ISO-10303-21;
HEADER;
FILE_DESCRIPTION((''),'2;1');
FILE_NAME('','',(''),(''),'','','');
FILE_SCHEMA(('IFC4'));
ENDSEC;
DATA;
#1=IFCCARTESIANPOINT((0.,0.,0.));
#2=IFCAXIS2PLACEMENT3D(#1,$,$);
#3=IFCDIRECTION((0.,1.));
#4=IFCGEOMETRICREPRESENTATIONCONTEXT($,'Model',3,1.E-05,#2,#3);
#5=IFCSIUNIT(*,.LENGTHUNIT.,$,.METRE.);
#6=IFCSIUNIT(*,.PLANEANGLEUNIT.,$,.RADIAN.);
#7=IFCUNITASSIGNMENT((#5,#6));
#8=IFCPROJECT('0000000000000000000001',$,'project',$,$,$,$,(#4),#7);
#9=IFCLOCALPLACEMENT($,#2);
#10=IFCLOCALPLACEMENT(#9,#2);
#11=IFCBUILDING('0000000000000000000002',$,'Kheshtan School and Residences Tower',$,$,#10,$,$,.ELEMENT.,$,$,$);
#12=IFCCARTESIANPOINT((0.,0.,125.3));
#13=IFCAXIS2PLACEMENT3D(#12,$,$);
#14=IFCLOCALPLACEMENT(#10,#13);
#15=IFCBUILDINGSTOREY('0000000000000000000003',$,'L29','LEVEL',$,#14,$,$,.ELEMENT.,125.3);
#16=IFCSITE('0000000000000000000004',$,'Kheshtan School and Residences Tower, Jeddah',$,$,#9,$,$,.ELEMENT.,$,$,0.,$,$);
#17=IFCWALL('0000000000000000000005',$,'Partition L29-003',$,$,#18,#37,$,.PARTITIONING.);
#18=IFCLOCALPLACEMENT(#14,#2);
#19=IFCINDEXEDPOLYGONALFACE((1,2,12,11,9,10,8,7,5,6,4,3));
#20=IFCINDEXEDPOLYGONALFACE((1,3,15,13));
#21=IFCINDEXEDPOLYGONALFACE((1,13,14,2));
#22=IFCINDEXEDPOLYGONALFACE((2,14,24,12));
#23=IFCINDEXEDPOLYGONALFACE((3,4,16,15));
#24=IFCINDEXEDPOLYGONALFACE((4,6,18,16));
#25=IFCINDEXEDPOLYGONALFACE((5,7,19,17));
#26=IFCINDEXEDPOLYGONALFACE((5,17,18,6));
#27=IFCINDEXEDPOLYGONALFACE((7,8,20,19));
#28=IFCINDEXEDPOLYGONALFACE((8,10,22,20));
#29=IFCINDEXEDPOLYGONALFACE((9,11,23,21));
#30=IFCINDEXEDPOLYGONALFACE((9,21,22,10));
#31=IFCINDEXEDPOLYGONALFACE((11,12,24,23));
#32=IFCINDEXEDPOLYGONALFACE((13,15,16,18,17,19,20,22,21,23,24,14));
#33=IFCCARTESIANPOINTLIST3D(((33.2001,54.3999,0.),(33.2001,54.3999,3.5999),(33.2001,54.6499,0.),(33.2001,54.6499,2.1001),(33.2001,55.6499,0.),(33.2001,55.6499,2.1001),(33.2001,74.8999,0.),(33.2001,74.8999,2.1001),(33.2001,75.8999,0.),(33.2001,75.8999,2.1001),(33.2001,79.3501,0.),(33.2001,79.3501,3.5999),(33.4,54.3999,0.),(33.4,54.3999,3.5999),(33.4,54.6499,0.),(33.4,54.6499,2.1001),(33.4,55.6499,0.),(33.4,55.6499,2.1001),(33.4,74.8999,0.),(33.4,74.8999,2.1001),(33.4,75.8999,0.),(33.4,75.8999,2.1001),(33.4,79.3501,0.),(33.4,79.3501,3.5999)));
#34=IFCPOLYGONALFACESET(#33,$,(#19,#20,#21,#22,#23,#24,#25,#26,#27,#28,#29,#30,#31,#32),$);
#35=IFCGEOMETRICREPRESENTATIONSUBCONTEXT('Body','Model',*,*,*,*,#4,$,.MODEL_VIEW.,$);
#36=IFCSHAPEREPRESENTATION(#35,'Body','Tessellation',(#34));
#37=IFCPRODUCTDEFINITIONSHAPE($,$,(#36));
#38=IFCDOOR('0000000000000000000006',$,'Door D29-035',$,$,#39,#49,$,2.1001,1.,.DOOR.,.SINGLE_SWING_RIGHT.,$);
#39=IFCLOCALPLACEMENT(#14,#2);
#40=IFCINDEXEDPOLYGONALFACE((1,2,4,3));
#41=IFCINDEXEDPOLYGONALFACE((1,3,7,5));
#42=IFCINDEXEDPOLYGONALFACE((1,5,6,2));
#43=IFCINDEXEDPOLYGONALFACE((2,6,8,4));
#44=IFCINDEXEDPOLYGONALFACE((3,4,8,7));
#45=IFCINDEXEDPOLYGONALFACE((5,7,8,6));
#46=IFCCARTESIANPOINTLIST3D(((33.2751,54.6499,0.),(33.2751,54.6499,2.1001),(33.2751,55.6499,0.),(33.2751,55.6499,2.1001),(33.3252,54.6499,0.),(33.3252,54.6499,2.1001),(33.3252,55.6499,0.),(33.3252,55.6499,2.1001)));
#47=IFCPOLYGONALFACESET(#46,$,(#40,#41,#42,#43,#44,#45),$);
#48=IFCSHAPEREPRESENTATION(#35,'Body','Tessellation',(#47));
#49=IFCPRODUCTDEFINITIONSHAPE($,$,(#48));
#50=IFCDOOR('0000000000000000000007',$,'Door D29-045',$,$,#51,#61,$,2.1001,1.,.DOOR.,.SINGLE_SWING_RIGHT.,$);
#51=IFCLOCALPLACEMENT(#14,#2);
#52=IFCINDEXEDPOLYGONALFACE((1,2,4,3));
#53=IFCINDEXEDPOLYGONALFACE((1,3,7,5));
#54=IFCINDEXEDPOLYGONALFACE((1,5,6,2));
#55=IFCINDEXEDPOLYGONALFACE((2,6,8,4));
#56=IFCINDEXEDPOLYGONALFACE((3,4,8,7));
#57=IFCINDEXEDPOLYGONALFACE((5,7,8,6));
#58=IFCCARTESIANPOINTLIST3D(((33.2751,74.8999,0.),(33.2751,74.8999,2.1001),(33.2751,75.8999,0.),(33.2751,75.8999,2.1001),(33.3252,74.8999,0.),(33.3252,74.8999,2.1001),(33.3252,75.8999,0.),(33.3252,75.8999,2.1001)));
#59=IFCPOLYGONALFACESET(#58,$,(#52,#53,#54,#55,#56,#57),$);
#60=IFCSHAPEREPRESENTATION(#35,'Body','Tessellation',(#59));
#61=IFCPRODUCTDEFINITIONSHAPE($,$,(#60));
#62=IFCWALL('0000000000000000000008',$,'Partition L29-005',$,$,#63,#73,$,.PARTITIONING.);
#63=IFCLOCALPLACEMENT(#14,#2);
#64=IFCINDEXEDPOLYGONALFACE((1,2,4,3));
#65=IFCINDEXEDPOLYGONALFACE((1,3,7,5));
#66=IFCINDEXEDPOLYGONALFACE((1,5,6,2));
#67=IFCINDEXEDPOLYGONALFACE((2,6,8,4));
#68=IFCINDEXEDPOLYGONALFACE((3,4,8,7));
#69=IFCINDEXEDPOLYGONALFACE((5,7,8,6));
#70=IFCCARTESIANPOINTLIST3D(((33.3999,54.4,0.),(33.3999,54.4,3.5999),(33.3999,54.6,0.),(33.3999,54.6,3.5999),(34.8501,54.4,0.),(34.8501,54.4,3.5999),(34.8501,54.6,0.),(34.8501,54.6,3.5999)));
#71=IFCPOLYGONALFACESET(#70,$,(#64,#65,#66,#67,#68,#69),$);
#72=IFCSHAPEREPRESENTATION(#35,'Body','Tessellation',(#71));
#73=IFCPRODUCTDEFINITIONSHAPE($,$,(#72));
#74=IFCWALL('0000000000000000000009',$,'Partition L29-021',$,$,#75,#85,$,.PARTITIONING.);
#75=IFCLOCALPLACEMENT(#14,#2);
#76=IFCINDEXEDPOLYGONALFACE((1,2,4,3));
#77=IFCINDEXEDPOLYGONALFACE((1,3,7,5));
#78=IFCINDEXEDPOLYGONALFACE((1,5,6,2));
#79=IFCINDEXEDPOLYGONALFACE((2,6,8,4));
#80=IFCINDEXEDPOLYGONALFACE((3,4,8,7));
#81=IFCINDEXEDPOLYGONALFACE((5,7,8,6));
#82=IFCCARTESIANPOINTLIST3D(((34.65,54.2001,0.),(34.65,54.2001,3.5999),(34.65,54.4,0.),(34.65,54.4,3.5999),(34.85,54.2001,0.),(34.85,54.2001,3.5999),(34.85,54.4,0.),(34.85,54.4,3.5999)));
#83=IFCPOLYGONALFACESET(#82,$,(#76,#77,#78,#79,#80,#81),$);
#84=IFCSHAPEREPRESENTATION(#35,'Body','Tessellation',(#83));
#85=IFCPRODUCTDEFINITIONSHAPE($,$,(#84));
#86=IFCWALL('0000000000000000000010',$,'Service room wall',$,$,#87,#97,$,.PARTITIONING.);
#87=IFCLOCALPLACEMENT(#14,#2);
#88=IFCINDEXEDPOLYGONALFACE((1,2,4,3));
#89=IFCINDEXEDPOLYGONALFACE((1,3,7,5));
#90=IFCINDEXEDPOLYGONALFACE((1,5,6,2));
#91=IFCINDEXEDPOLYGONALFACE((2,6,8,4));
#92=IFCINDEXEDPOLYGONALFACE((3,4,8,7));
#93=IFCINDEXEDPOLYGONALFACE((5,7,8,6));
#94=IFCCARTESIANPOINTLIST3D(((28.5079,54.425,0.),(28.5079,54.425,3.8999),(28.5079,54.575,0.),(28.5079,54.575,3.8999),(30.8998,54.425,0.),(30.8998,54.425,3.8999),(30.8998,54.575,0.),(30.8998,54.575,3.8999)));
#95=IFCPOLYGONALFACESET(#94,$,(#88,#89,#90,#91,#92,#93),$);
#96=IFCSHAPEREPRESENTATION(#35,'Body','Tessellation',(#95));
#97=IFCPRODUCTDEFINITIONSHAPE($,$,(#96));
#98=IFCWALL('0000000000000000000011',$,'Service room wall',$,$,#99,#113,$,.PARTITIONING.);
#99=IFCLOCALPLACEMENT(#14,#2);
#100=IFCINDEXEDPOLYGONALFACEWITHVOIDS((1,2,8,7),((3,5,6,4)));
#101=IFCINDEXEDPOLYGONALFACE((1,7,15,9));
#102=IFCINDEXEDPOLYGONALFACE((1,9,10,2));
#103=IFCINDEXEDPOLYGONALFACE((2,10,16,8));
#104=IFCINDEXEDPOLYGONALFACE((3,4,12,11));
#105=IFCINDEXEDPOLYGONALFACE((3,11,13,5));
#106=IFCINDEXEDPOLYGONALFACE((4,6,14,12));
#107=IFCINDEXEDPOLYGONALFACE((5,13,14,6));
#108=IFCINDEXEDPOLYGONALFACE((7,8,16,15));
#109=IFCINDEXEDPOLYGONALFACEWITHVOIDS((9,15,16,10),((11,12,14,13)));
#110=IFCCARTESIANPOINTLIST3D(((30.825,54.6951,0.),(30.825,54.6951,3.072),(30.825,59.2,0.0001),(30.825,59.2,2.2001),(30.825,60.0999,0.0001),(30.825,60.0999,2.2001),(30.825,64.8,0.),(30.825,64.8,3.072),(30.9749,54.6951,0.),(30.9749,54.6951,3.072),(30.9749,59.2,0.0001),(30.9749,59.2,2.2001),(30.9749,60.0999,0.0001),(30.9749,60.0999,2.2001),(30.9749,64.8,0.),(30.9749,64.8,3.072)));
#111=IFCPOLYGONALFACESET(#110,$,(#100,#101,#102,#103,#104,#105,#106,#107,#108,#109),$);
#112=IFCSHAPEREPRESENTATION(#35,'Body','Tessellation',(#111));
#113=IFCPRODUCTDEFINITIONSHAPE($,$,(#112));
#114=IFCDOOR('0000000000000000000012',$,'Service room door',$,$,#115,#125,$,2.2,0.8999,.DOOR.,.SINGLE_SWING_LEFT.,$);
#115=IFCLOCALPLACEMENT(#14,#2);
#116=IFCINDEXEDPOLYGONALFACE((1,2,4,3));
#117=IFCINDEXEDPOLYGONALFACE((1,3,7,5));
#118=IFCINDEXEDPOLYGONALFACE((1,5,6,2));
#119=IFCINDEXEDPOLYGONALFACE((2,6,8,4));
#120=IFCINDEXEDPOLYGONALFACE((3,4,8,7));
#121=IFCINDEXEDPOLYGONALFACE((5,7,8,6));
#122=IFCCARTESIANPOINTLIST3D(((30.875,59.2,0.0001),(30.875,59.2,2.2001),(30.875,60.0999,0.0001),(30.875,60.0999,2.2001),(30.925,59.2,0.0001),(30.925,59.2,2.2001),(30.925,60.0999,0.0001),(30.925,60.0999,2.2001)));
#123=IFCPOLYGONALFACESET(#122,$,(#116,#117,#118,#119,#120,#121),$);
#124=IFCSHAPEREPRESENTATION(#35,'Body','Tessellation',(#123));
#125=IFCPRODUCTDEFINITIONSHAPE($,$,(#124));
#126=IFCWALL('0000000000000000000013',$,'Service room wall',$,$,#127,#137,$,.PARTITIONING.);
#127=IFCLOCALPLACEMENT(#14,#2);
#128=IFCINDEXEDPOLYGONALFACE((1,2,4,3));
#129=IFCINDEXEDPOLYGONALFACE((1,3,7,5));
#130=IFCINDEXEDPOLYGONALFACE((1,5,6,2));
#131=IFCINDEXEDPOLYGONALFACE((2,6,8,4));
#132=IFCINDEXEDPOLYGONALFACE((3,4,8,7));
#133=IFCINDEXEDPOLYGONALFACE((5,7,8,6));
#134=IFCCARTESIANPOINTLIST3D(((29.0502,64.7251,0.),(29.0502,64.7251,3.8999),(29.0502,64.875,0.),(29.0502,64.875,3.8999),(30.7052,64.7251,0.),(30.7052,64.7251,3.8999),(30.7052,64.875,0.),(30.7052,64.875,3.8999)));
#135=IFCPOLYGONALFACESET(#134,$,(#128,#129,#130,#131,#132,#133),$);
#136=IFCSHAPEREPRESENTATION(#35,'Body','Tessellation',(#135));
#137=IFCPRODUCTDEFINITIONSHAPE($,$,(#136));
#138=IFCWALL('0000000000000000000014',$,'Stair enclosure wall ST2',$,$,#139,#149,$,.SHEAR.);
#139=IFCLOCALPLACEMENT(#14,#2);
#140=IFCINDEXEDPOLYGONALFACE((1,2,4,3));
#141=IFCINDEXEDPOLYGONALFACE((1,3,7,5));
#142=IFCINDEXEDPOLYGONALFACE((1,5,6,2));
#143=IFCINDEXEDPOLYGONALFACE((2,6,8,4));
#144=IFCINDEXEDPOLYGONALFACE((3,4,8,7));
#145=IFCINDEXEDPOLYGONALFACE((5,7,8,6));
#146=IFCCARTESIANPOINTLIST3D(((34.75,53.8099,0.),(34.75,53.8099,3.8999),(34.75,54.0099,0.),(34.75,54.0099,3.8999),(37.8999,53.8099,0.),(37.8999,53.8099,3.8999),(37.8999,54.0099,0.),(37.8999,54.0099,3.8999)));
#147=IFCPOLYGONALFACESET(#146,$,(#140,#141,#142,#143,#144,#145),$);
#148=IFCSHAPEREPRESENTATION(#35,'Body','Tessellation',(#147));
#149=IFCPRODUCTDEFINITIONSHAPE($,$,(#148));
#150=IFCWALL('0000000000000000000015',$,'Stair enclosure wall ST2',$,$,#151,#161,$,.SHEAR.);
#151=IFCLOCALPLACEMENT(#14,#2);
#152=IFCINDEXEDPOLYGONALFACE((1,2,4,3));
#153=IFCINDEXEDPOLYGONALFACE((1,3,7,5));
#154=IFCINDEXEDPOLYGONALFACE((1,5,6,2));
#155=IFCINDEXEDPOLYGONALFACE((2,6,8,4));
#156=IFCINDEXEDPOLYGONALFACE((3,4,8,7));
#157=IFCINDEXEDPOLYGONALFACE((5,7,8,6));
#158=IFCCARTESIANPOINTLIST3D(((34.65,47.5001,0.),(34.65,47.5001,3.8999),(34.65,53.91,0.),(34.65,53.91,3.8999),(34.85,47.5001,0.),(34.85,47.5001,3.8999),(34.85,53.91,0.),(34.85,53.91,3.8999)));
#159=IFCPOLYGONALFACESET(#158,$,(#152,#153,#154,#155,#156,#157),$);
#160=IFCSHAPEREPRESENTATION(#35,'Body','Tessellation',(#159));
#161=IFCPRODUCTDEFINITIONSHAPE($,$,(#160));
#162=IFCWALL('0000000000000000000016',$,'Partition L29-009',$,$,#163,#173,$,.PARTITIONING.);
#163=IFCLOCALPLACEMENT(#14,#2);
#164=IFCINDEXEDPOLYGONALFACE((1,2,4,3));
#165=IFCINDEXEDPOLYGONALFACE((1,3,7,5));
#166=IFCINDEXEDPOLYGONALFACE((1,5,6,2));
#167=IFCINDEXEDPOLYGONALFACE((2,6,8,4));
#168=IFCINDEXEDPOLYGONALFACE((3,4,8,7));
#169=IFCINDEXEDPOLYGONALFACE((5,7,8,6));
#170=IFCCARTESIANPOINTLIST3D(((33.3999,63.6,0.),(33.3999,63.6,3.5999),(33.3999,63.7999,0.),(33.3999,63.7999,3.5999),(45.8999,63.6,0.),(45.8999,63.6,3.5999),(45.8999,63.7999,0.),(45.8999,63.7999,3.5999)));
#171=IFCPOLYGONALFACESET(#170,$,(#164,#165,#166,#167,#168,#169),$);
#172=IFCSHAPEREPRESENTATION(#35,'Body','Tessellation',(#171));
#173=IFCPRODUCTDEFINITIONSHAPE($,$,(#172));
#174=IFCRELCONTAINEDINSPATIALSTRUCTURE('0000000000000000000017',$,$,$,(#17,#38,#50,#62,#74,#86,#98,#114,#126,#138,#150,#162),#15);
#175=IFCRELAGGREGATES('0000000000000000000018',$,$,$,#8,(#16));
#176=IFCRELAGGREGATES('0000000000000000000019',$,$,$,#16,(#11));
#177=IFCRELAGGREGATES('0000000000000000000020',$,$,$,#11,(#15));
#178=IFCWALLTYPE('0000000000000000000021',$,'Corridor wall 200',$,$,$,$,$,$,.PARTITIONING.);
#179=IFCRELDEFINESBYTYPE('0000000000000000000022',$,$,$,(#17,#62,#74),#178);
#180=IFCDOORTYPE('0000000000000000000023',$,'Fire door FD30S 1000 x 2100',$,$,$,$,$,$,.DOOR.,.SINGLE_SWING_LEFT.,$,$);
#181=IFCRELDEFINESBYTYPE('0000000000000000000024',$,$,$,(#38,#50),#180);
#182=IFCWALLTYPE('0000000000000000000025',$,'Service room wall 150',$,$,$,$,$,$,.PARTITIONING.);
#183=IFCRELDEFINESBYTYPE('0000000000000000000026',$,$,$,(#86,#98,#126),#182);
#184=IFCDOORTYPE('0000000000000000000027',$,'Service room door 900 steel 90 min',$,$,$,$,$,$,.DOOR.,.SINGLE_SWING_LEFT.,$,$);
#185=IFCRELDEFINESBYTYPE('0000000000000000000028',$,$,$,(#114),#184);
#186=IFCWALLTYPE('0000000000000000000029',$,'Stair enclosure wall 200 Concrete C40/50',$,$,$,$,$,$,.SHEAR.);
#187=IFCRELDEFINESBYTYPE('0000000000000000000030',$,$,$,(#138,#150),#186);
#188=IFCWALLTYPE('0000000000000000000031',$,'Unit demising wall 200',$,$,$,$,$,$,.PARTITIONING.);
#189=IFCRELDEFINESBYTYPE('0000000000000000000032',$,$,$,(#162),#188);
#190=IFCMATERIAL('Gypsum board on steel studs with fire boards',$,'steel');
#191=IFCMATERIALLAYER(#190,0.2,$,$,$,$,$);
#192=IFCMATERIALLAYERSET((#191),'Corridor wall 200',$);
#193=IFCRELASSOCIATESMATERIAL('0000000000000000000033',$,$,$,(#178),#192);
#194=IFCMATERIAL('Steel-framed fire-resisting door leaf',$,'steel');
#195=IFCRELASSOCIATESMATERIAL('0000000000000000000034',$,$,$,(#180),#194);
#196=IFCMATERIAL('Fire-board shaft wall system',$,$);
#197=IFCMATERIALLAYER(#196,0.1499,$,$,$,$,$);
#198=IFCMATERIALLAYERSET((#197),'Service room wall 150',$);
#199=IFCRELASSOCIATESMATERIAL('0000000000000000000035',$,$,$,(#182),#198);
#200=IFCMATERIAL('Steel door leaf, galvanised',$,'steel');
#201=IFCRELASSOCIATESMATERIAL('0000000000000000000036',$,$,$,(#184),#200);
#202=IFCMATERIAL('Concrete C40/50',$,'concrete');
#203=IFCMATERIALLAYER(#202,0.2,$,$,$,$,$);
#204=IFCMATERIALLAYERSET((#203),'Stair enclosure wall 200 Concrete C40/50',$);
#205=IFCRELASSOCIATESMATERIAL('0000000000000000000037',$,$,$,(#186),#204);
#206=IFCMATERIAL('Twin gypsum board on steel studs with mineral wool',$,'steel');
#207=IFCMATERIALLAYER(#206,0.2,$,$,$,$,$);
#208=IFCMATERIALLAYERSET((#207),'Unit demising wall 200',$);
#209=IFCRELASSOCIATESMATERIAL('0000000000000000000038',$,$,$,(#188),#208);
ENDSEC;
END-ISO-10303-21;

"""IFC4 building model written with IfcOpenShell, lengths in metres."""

from ifc_helpers import new_model, si_unit, direction, frame, frame_2d, origin, place, context, subcontext, project, spatial, rectangle, extrude, source, transform, mapped, material, layer, layer_set, type_object, element, fill, save


model = new_model("IFC4")

# Units and contexts
model_context = context("Model", 3, precision=1e-05, world=origin(), true_north=direction((0.0, 1.0)))
body_context = subcontext(model_context, "Body", "Model", "MODEL_VIEW")
ifc_project = project(units=[si_unit("LENGTHUNIT", "METRE"), si_unit("PLANEANGLEUNIT", "RADIAN")], contexts=[model_context])

# Site, building, storey
site_placement = place(None, origin())
site = spatial("IfcSite", under=ifc_project, at=site_placement, Name="Kheshtan School and Residences Tower, Jeddah", CompositionType="ELEMENT", RefElevation=0.0)
building_placement = place(site_placement, origin())
building = spatial("IfcBuilding", under=site, at=building_placement, Name="Kheshtan School and Residences Tower", CompositionType="ELEMENT")
storey_placement = place(building_placement, frame((0.0, 0.0, 125.3)))
storey = spatial("IfcBuildingStorey", under=building, at=storey_placement, Name="L29", Description="LEVEL", CompositionType="ELEMENT", Elevation=125.3)

# Wall, openings, doors
ifc_material_1 = material(Name="Gypsum board on steel studs with fire boards", Category="steel")
ifc_layer_1 = layer(ifc_material_1, 0.2)
ifc_layer_set_1 = layer_set([ifc_layer_1], Name="Corridor wall 200")
wall_type_1 = type_object("IfcWallType", Name="Corridor wall 200", PredefinedType="PARTITIONING", material=ifc_layer_set_1)
wall_1_placement = place(storey_placement, frame((33.3, 54.3999, 0.0), z_axis=(0.0, 0.0, 1.0), x_axis=(0.0, 1.0, 0.0)))
wall_1 = element("IfcWall", 1, at=wall_1_placement, inside=storey, type_object=wall_type_1, Name="Partition L29-003", PredefinedType="PARTITIONING", context=body_context, shape_type="SweptSolid", body=[
    extrude(rectangle(XDim=24.9502, YDim=0.2, at=frame_2d((12.4751, 0.0))), origin(), (0.0, 0.0, 1.0), 3.5999),
])
opening_1_placement = place(wall_1_placement, frame((0.25, 0.0, 0.0)))
opening_1 = element("IfcOpeningElement", 2, at=opening_1_placement, cuts=wall_1, PredefinedType="OPENING", context=body_context, shape_type="SweptSolid", body=[
    extrude(rectangle(XDim=1.0, YDim=2.1001, at=frame_2d((0.5, 1.05))), frame((0.0, 0.1099, 0.0), z_axis=(0.0, -1.0, 0.0), x_axis=(1.0, 0.0, 0.0)), (0.0, 0.0, 1.0), 0.22),
])
opening_2_placement = place(wall_1_placement, frame((20.5, 0.0, 0.0)))
opening_2 = element("IfcOpeningElement", 3, at=opening_2_placement, cuts=wall_1, PredefinedType="OPENING", context=body_context, shape_type="SweptSolid", body=[
    extrude(rectangle(XDim=1.0, YDim=2.1001, at=frame_2d((0.5, 1.05))), frame((0.0, 0.1099, 0.0), z_axis=(0.0, -1.0, 0.0), x_axis=(1.0, 0.0, 0.0)), (0.0, 0.0, 1.0), 0.22),
])
ifc_material_2 = material(Name="Steel-framed fire-resisting door leaf", Category="steel")
door_type_1 = type_object("IfcDoorType", Name="Fire door FD30S 1000 x 2100", OperationType="SINGLE_SWING_LEFT", PredefinedType="DOOR", material=ifc_material_2)
shared_shape_1 = source(origin(), body_context, "Body", "SweptSolid", [
    extrude(rectangle(XDim=1.0, YDim=2.1001, at=frame_2d((0.5, 1.05))), frame((0.0, 0.0249, 0.0), z_axis=(0.0, -1.0, 0.0), x_axis=(1.0, 0.0, 0.0)), (0.0, 0.0, 1.0), 0.05),
])
door_1_placement = place(opening_1_placement, origin())
door_1 = element("IfcDoor", 4, at=door_1_placement, inside=storey, type_object=door_type_1, Name="Door D29-035", OperationType="SINGLE_SWING_RIGHT", OverallHeight=2.1001, OverallWidth=1.0, PredefinedType="DOOR", context=body_context, shape_type="MappedRepresentation", body=[
    mapped(shared_shape_1, transform((0.0, 0.0, 0.0), x_axis=(1.0, 0.0, 0.0), y_axis=(0.0, 1.0, 0.0), z_axis=(0.0, 0.0, 1.0), scale=1.0)),
])
fill(opening_1, door_1)
door_2_placement = place(opening_2_placement, origin())
door_2 = element("IfcDoor", 5, at=door_2_placement, inside=storey, type_object=door_type_1, Name="Door D29-045", OperationType="SINGLE_SWING_RIGHT", OverallHeight=2.1001, OverallWidth=1.0, PredefinedType="DOOR", context=body_context, shape_type="MappedRepresentation", body=[
    mapped(shared_shape_1, transform((0.0, 0.0, 0.0), x_axis=(1.0, 0.0, 0.0), y_axis=(0.0, 1.0, 0.0), z_axis=(0.0, 0.0, 1.0), scale=1.0)),
])
fill(opening_2, door_2)

# Walls
wall_2_placement = place(storey_placement, frame((33.3999, 54.5, 0.0), z_axis=(0.0, 0.0, 1.0), x_axis=(1.0, 0.0, 0.0)))
element("IfcWall", 6, at=wall_2_placement, inside=storey, type_object=wall_type_1, Name="Partition L29-005", PredefinedType="PARTITIONING", context=body_context, shape_type="SweptSolid", body=[
    extrude(rectangle(XDim=1.4502, YDim=0.2, at=frame_2d((0.7251, 0.0))), origin(), (0.0, 0.0, 1.0), 3.5999),
])
wall_3_placement = place(storey_placement, frame((34.75, 54.2, 0.0), z_axis=(0.0, 0.0, 1.0), x_axis=(0.0, 1.0, 0.0)))
element("IfcWall", 7, at=wall_3_placement, inside=storey, type_object=wall_type_1, Name="Partition L29-021", PredefinedType="PARTITIONING", context=body_context, shape_type="SweptSolid", body=[
    extrude(rectangle(XDim=0.2, YDim=0.2, at=frame_2d((0.1001, 0.0))), origin(), (0.0, 0.0, 1.0), 3.5999),
])
ifc_material_3 = material(Name="Fire-board shaft wall system")
ifc_layer_2 = layer(ifc_material_3, 0.1499)
ifc_layer_set_2 = layer_set([ifc_layer_2], Name="Service room wall 150")
wall_type_2 = type_object("IfcWallType", Name="Service room wall 150", PredefinedType="PARTITIONING", material=ifc_layer_set_2)
wall_4_placement = place(storey_placement, frame((28.5081, 54.5, 0.0), z_axis=(0.0, 0.0, 1.0), x_axis=(1.0, 0.0, 0.0)))
element("IfcWall", 8, at=wall_4_placement, inside=storey, type_object=wall_type_2, Name="Service room wall", PredefinedType="PARTITIONING", context=body_context, shape_type="SweptSolid", body=[
    extrude(rectangle(XDim=2.3918, YDim=0.1499, at=frame_2d((1.1958, 0.0))), origin(), (0.0, 0.0, 1.0), 3.8999),
])

# Wall, opening, door
wall_5_placement = place(storey_placement, frame((30.8999, 54.6951, 0.0), z_axis=(0.0, 0.0, 1.0), x_axis=(0.0, 1.0, 0.0)))
wall_5 = element("IfcWall", 9, at=wall_5_placement, inside=storey, type_object=wall_type_2, Name="Service room wall", PredefinedType="PARTITIONING", context=body_context, shape_type="SweptSolid", body=[
    extrude(rectangle(XDim=10.105, YDim=0.1499, at=frame_2d((5.0525, 0.0))), origin(), (0.0, 0.0, 1.0), 3.072),
])
opening_3_placement = place(wall_5_placement, frame((4.5049, 0.0, 0.0)))
opening_3 = element("IfcOpeningElement", 10, at=opening_3_placement, cuts=wall_5, PredefinedType="OPENING", context=body_context, shape_type="SweptSolid", body=[
    extrude(rectangle(XDim=0.8999, YDim=2.2, at=frame_2d((0.45, 1.1001))), frame((0.0, 0.085, 0.0), z_axis=(0.0, -1.0, 0.0), x_axis=(1.0, 0.0, 0.0)), (0.0, 0.0, 1.0), 0.1699),
])
ifc_material_4 = material(Name="Steel door leaf, galvanised", Category="steel")
door_type_2 = type_object("IfcDoorType", Name="Service room door 900 steel 90 min", OperationType="SINGLE_SWING_LEFT", PredefinedType="DOOR", material=ifc_material_4)
shared_shape_2 = source(origin(), body_context, "Body", "SweptSolid", [
    extrude(rectangle(XDim=0.8999, YDim=2.2, at=frame_2d((0.45, 1.1001))), frame((0.0, 0.0249, 0.0), z_axis=(0.0, -1.0, 0.0), x_axis=(1.0, 0.0, 0.0)), (0.0, 0.0, 1.0), 0.05),
])
door_3_placement = place(opening_3_placement, origin())
door_3 = element("IfcDoor", 11, at=door_3_placement, inside=storey, type_object=door_type_2, Name="Service room door", OperationType="SINGLE_SWING_LEFT", OverallHeight=2.2, OverallWidth=0.8999, PredefinedType="DOOR", context=body_context, shape_type="MappedRepresentation", body=[
    mapped(shared_shape_2, transform((0.0, 0.0, 0.0), x_axis=(1.0, 0.0, 0.0), y_axis=(0.0, 1.0, 0.0), z_axis=(0.0, 0.0, 1.0), scale=1.0)),
])
fill(opening_3, door_3)

# Walls
wall_6_placement = place(storey_placement, frame((29.05, 64.8, 0.0), z_axis=(0.0, 0.0, 1.0), x_axis=(1.0, 0.0, 0.0)))
element("IfcWall", 12, at=wall_6_placement, inside=storey, type_object=wall_type_2, Name="Service room wall", PredefinedType="PARTITIONING", context=body_context, shape_type="SweptSolid", body=[
    extrude(rectangle(XDim=1.655, YDim=0.1499, at=frame_2d((0.8276, 0.0))), origin(), (0.0, 0.0, 1.0), 3.8999),
])
ifc_material_5 = material(Name="Concrete C40/50", Category="concrete")
ifc_layer_3 = layer(ifc_material_5, 0.2)
ifc_layer_set_3 = layer_set([ifc_layer_3], Name="Stair enclosure wall 200 Concrete C40/50")
wall_type_3 = type_object("IfcWallType", Name="Stair enclosure wall 200 Concrete C40/50", PredefinedType="SHEAR", material=ifc_layer_set_3)
wall_7_placement = place(storey_placement, frame((34.75, 53.9099, 0.0), z_axis=(0.0, 0.0, 1.0), x_axis=(1.0, 0.0, 0.0)))
element("IfcWall", 13, at=wall_7_placement, inside=storey, type_object=wall_type_3, Name="Stair enclosure wall ST2", PredefinedType="SHEAR", context=body_context, shape_type="SweptSolid", body=[
    extrude(rectangle(XDim=3.1499, YDim=0.2, at=frame_2d((1.575, 0.0))), origin(), (0.0, 0.0, 1.0), 3.8999),
])
wall_8_placement = place(storey_placement, frame((34.75, 47.5, 0.0), z_axis=(0.0, 0.0, 1.0), x_axis=(0.0, 1.0, 0.0)))
element("IfcWall", 14, at=wall_8_placement, inside=storey, type_object=wall_type_3, Name="Stair enclosure wall ST2", PredefinedType="SHEAR", context=body_context, shape_type="SweptSolid", body=[
    extrude(rectangle(XDim=6.4099, YDim=0.2, at=frame_2d((3.2051, 0.0))), origin(), (0.0, 0.0, 1.0), 3.8999),
])
ifc_material_6 = material(Name="Twin gypsum board on steel studs with mineral wool", Category="steel")
ifc_layer_4 = layer(ifc_material_6, 0.2)
ifc_layer_set_4 = layer_set([ifc_layer_4], Name="Unit demising wall 200")
wall_type_4 = type_object("IfcWallType", Name="Unit demising wall 200", PredefinedType="PARTITIONING", material=ifc_layer_set_4)
wall_9_placement = place(storey_placement, frame((33.3999, 63.7, 0.0), z_axis=(0.0, 0.0, 1.0), x_axis=(1.0, 0.0, 0.0)))
element("IfcWall", 15, at=wall_9_placement, inside=storey, type_object=wall_type_4, Name="Partition L29-009", PredefinedType="PARTITIONING", context=body_context, shape_type="SweptSolid", body=[
    extrude(rectangle(XDim=12.5, YDim=0.2, at=frame_2d((6.25, 0.0))), origin(), (0.0, 0.0, 1.0), 3.5999),
])

save(model, "model.ifc")
